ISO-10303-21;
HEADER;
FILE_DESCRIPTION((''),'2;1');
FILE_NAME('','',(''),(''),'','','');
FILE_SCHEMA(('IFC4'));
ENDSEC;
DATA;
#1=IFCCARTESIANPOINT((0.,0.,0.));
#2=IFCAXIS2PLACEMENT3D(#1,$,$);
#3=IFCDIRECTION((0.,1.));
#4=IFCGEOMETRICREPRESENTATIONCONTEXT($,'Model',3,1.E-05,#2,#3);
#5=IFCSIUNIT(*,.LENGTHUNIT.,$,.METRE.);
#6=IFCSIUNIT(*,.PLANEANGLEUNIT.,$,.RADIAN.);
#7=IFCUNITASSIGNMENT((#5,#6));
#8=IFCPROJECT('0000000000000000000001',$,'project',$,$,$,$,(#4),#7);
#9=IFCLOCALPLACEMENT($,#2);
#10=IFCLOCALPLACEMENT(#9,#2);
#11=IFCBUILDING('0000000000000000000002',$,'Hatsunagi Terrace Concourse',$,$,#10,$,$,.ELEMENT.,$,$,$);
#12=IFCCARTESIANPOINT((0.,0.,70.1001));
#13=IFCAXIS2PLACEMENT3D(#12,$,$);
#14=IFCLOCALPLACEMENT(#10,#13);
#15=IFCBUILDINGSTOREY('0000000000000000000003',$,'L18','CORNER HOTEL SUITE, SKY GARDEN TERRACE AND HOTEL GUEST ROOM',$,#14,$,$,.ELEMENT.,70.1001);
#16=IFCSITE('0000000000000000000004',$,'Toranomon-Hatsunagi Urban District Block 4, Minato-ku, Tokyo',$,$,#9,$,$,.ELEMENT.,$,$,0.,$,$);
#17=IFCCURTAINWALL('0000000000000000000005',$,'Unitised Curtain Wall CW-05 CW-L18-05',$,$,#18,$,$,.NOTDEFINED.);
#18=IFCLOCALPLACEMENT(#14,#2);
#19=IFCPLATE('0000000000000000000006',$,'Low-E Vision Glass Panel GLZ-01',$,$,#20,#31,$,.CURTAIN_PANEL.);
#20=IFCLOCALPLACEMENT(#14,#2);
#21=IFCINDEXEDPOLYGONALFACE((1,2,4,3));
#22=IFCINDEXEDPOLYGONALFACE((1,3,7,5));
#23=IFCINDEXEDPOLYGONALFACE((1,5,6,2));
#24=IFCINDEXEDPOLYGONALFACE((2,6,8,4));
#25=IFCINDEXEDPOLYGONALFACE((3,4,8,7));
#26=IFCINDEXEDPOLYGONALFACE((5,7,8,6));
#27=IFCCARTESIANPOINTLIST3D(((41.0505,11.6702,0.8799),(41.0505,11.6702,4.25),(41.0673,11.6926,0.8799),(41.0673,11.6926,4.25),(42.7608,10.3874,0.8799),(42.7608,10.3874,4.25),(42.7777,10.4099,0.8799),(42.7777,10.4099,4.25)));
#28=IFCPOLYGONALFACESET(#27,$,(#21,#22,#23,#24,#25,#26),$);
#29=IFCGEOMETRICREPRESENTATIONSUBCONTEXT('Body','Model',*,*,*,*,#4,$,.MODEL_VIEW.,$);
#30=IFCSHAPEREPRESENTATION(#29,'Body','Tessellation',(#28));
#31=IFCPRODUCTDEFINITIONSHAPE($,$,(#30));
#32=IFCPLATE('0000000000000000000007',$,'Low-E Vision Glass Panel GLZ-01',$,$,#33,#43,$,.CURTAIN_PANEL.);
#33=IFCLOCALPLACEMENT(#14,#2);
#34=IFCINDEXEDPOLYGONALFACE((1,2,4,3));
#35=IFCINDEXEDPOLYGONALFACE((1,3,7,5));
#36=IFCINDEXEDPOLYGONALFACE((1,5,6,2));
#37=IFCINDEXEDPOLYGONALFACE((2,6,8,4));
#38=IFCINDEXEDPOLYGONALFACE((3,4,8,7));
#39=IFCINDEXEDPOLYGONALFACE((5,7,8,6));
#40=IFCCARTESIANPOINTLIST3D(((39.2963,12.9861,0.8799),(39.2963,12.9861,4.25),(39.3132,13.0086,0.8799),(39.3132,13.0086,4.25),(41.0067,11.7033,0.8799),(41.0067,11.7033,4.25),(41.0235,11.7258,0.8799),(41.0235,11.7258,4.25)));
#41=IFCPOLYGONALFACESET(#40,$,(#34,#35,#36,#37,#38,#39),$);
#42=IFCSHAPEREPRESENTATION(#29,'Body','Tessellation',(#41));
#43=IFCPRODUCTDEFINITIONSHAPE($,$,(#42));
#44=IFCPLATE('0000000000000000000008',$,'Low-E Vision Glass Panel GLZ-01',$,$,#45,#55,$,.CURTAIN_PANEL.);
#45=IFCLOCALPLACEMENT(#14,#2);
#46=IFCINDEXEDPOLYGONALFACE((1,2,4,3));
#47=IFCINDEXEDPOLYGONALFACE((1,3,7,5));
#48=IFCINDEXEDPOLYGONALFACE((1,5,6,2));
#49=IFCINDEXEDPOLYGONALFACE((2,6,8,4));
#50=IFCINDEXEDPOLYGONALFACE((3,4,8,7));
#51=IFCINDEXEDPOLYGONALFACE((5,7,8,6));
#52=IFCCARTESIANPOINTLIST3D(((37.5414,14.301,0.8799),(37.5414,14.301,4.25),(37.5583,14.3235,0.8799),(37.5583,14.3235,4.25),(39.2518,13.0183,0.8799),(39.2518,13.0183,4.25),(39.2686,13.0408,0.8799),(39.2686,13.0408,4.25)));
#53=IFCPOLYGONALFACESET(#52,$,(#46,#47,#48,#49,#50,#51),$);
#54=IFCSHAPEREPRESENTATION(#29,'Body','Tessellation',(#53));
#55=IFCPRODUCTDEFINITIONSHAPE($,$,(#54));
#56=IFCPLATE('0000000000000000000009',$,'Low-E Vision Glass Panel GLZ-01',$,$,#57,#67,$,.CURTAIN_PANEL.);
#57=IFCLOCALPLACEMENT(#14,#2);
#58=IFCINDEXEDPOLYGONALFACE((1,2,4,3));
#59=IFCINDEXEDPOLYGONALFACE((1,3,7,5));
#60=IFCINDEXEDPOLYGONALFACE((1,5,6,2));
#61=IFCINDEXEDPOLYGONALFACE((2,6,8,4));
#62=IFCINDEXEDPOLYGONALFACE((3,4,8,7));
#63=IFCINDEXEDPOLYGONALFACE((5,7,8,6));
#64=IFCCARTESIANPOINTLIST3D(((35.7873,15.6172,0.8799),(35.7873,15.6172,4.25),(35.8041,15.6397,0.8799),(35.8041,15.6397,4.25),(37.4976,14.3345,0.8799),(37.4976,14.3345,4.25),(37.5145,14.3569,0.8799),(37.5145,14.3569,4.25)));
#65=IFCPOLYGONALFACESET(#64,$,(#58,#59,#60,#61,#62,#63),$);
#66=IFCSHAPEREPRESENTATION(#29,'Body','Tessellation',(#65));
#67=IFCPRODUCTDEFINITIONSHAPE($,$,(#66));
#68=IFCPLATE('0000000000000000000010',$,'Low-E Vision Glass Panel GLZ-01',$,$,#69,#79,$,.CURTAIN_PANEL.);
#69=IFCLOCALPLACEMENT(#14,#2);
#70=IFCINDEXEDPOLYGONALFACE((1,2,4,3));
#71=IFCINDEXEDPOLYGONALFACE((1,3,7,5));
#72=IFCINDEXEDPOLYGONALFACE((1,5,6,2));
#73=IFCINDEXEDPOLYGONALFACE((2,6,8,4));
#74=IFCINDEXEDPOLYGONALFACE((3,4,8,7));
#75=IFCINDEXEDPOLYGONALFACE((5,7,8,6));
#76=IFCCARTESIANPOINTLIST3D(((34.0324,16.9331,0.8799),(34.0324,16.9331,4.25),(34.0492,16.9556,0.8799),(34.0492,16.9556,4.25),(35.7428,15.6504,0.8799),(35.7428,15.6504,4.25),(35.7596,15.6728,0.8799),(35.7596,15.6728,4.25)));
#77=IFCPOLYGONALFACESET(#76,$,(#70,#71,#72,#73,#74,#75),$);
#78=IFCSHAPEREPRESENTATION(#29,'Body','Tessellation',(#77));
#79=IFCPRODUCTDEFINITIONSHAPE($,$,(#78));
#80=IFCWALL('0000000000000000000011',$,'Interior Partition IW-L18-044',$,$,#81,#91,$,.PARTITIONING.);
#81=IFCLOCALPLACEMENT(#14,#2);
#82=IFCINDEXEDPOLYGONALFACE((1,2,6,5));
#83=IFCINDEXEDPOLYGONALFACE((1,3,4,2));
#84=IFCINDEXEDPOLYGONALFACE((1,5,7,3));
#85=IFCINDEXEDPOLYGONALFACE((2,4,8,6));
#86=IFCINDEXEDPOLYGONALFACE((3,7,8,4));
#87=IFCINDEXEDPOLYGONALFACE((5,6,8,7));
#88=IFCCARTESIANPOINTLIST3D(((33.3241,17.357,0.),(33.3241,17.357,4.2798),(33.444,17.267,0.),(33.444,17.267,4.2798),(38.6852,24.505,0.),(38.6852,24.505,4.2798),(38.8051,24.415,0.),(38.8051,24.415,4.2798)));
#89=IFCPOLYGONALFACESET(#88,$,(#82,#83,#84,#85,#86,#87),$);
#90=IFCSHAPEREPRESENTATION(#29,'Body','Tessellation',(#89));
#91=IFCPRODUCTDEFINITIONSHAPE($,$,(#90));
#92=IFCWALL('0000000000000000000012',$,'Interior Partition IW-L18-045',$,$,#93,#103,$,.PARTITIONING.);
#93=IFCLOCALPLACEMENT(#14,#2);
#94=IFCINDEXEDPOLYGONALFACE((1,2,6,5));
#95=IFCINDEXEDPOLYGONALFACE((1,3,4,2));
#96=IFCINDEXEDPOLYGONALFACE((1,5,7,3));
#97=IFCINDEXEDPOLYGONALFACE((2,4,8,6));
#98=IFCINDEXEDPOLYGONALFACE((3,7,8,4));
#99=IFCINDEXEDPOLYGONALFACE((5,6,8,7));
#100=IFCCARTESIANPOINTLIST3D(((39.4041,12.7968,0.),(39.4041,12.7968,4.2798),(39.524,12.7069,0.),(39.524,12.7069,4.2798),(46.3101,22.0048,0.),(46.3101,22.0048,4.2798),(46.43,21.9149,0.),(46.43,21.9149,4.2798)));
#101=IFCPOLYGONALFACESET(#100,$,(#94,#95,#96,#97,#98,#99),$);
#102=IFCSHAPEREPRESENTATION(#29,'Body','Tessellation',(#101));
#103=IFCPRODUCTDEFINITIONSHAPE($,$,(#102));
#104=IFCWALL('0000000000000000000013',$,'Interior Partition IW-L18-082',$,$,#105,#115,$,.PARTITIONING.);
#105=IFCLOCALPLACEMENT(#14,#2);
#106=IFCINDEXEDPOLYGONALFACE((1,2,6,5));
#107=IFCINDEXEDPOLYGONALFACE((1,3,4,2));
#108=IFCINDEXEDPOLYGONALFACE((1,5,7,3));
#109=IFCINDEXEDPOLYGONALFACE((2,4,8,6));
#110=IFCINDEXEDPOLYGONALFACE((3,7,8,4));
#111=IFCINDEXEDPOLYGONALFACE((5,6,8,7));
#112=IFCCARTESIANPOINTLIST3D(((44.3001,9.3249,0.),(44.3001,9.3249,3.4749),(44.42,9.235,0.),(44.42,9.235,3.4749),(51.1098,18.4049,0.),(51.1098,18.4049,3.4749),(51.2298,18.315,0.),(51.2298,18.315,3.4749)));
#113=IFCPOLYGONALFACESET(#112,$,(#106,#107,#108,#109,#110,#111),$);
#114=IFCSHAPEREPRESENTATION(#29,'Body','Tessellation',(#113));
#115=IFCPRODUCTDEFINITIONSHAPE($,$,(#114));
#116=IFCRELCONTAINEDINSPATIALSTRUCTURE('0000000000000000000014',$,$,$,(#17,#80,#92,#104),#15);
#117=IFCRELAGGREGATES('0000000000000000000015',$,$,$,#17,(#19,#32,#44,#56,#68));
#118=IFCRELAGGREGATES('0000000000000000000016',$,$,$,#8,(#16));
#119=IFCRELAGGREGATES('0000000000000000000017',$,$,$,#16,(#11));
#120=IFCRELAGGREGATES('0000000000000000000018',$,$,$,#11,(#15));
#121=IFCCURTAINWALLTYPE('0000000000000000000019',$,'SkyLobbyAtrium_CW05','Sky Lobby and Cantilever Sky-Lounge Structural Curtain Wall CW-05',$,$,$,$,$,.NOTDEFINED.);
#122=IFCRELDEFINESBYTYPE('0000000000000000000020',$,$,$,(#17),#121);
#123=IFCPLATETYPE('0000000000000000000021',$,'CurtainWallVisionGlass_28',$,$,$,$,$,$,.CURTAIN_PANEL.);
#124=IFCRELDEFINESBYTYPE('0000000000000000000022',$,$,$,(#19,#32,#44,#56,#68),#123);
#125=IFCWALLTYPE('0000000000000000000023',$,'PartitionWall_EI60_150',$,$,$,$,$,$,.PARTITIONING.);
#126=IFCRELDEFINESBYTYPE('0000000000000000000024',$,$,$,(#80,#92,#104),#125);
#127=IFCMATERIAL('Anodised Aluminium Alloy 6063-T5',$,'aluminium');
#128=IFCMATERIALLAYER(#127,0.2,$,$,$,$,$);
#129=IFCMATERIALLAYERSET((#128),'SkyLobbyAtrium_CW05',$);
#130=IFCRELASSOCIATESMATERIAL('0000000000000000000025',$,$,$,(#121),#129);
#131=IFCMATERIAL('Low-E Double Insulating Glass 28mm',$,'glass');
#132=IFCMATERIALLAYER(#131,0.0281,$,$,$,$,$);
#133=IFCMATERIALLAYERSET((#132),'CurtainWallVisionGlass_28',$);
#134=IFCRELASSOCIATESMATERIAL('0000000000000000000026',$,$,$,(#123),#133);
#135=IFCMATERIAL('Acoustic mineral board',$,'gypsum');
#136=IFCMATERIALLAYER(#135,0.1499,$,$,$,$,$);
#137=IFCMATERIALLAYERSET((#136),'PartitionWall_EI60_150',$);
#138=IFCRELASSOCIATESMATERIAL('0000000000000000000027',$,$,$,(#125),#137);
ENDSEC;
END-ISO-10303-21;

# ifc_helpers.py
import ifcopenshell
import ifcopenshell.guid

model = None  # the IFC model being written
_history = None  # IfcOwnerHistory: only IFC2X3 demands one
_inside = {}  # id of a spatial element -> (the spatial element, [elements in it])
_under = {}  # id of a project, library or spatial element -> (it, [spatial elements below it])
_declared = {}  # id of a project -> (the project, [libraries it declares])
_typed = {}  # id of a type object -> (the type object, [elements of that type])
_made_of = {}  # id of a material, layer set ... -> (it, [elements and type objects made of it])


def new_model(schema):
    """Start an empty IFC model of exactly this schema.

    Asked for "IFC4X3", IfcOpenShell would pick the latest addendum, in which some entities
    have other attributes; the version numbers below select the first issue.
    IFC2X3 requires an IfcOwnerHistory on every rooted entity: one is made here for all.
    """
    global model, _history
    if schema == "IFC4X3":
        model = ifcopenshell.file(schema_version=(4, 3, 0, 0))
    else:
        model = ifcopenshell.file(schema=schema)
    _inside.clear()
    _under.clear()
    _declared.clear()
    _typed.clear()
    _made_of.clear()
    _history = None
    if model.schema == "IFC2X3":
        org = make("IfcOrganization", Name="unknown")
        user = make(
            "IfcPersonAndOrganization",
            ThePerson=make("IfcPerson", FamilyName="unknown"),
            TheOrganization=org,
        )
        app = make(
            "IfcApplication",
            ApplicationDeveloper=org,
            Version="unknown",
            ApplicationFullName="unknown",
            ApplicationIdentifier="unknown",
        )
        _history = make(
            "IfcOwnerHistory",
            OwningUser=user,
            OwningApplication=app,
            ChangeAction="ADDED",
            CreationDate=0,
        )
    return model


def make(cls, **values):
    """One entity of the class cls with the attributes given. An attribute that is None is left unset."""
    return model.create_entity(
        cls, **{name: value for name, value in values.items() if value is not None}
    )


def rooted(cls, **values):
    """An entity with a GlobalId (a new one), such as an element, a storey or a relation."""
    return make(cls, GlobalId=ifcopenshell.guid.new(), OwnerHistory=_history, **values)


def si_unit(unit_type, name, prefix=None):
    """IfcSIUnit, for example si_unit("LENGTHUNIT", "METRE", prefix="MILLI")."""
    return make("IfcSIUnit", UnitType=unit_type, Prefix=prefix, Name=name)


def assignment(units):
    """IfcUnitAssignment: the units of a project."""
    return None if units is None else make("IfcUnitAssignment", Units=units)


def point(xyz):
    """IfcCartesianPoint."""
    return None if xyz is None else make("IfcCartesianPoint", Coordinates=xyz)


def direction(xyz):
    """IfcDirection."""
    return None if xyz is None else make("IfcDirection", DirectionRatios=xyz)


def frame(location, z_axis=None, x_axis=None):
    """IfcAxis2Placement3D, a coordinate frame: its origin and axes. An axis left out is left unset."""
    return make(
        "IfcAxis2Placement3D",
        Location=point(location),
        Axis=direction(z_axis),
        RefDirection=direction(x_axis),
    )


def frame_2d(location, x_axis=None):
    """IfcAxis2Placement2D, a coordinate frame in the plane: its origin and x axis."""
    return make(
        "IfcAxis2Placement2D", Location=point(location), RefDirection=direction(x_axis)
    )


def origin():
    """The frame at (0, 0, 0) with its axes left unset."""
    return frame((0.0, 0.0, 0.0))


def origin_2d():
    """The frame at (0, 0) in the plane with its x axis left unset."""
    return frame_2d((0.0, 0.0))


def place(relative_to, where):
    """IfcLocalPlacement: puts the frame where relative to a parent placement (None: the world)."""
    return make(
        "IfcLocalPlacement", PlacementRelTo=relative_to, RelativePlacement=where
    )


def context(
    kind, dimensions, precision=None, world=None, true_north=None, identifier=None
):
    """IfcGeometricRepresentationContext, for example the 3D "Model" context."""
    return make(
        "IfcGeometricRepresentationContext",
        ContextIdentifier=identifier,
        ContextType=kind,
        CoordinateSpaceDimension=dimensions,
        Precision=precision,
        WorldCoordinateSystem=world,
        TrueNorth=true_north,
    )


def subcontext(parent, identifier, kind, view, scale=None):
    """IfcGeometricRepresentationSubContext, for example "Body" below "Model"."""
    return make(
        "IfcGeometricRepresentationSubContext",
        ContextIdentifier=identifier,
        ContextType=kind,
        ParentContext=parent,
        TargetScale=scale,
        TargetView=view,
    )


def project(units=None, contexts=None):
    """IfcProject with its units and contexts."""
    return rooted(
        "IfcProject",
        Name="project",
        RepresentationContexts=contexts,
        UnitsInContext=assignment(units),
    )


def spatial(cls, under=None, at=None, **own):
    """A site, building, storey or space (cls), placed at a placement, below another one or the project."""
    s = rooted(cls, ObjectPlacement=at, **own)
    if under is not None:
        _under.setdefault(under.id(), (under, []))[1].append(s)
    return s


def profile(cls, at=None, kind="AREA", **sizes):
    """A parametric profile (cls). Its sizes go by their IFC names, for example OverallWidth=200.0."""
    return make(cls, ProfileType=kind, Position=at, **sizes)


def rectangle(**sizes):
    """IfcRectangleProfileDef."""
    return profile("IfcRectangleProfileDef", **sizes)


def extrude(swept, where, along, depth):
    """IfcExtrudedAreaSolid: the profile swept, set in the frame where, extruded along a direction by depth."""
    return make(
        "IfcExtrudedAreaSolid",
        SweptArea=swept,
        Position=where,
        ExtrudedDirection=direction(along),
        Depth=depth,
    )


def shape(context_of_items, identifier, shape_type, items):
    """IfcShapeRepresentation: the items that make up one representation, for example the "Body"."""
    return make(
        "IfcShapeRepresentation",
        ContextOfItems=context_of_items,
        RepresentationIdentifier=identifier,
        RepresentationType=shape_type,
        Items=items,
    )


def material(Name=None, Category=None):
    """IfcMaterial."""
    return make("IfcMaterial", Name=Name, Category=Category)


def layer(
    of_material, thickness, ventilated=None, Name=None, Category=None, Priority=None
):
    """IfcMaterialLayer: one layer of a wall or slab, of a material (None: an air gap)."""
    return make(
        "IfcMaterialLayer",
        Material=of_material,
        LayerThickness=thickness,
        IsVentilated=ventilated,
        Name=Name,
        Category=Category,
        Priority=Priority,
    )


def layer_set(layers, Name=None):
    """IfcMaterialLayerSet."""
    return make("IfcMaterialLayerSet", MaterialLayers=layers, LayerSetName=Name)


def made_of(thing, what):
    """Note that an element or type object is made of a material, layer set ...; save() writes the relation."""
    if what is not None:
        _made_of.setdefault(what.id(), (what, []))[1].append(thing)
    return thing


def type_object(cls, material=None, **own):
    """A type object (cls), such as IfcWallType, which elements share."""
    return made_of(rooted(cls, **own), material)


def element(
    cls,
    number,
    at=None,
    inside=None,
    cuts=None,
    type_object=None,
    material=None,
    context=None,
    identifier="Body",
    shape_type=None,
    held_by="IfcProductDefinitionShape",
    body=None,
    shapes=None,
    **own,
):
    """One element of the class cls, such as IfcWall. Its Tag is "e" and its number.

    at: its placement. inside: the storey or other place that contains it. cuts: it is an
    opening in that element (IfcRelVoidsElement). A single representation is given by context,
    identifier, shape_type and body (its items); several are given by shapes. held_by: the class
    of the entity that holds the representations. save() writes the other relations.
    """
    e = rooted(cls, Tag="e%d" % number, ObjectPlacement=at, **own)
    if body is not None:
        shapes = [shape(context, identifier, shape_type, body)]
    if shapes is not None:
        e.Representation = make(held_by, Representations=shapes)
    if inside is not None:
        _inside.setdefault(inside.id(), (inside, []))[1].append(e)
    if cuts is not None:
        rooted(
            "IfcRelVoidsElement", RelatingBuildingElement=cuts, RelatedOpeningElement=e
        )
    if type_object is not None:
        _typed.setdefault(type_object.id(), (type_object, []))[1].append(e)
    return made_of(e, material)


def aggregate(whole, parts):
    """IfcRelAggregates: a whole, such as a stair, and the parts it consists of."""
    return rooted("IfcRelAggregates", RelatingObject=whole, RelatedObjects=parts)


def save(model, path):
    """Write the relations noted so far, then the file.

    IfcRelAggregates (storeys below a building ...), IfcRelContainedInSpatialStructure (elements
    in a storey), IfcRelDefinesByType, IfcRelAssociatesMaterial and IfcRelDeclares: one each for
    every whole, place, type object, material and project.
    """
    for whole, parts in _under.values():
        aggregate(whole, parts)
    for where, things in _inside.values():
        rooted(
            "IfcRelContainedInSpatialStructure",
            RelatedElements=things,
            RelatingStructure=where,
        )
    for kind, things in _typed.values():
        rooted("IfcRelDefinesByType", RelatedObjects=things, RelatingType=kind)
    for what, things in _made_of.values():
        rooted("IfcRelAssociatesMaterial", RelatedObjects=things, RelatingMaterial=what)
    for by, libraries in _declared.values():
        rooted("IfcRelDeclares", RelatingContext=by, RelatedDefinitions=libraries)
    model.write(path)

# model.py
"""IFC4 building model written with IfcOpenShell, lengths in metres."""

from ifc_helpers import new_model, si_unit, direction, frame, frame_2d, origin, origin_2d, place, context, subcontext, project, spatial, rectangle, extrude, material, layer, layer_set, type_object, element, aggregate, save


model = new_model("IFC4")

# Units and contexts
model_context = context("Model", 3, precision=1e-05, world=origin(), true_north=direction((0.0, 1.0)))
body_context = subcontext(model_context, "Body", "Model", "MODEL_VIEW")
ifc_project = project(units=[si_unit("LENGTHUNIT", "METRE"), si_unit("PLANEANGLEUNIT", "RADIAN")], contexts=[model_context])

# Site, building, storey
site_placement = place(None, origin())
site = spatial("IfcSite", under=ifc_project, at=site_placement, Name="Toranomon-Hatsunagi Urban District Block 4, Minato-ku, Tokyo", CompositionType="ELEMENT", RefElevation=0.0)
building_placement = place(site_placement, origin())
building = spatial("IfcBuilding", under=site, at=building_placement, Name="Hatsunagi Terrace Concourse", CompositionType="ELEMENT")
storey_placement = place(building_placement, frame((0.0, 0.0, 70.1001)))
storey = spatial("IfcBuildingStorey", under=building, at=storey_placement, Name="L18", Description="CORNER HOTEL SUITE, SKY GARDEN TERRACE AND HOTEL GUEST ROOM", CompositionType="ELEMENT", Elevation=70.1001)

# Curtain wall
ifc_material_1 = material(Name="Anodised Aluminium Alloy 6063-T5", Category="aluminium")
ifc_layer_1 = layer(ifc_material_1, 0.2)
ifc_layer_set_1 = layer_set([ifc_layer_1], Name="SkyLobbyAtrium_CW05")
curtain_wall_type = type_object("IfcCurtainWallType", Name="SkyLobbyAtrium_CW05", Description="Sky Lobby and Cantilever Sky-Lounge Structural Curtain Wall CW-05", PredefinedType="NOTDEFINED", material=ifc_layer_set_1)
curtain_wall_placement = place(storey_placement, origin())
curtain_wall = element("IfcCurtainWall", 1, at=curtain_wall_placement, inside=storey, type_object=curtain_wall_type, Name="Unitised Curtain Wall CW-05 CW-L18-05", PredefinedType="NOTDEFINED")

# Plates
ifc_material_2 = material(Name="Low-E Double Insulating Glass 28mm", Category="glass")
ifc_layer_2 = layer(ifc_material_2, 0.0281)
ifc_layer_set_2 = layer_set([ifc_layer_2], Name="CurtainWallVisionGlass_28")
plate_type_1 = type_object("IfcPlateType", Name="CurtainWallVisionGlass_28", PredefinedType="CURTAIN_PANEL", material=ifc_layer_set_2)
plate_1_placement = place(storey_placement, frame((41.9141, 11.04, 0.8799), z_axis=(0.0, 0.0, 1.0), x_axis=(-0.800003, 0.599996, 0.0)))
plate_1 = element("IfcPlate", 2, at=plate_1_placement, type_object=plate_type_1, Name="Low-E Vision Glass Panel GLZ-01", PredefinedType="CURTAIN_PANEL", context=body_context, shape_type="SweptSolid", body=[
    extrude(rectangle(XDim=2.1379, YDim=0.0281, at=origin_2d()), origin(), (0.0, 0.0, 1.0), 3.3701),
])
plate_2_placement = place(storey_placement, frame((40.1599, 12.356, 0.8799), z_axis=(0.0, 0.0, 1.0), x_axis=(-0.800003, 0.599996, 0.0)))
plate_2 = element("IfcPlate", 3, at=plate_2_placement, type_object=plate_type_1, Name="Low-E Vision Glass Panel GLZ-01", PredefinedType="CURTAIN_PANEL", context=body_context, shape_type="SweptSolid", body=[
    extrude(rectangle(XDim=2.1379, YDim=0.0281, at=origin_2d()), origin(), (0.0, 0.0, 1.0), 3.3701),
])
plate_3_placement = place(storey_placement, frame((38.405, 13.6709, 0.8799), z_axis=(0.0, 0.0, 1.0), x_axis=(-0.800003, 0.599996, 0.0)))
plate_3 = element("IfcPlate", 4, at=plate_3_placement, type_object=plate_type_1, Name="Low-E Vision Glass Panel GLZ-01", PredefinedType="CURTAIN_PANEL", context=body_context, shape_type="SweptSolid", body=[
    extrude(rectangle(XDim=2.1379, YDim=0.0281, at=origin_2d()), origin(), (0.0, 0.0, 1.0), 3.3701),
])
plate_4_placement = place(storey_placement, frame((36.6509, 14.9871, 0.8799), z_axis=(0.0, 0.0, 1.0), x_axis=(-0.800003, 0.599996, 0.0)))
plate_4 = element("IfcPlate", 5, at=plate_4_placement, type_object=plate_type_1, Name="Low-E Vision Glass Panel GLZ-01", PredefinedType="CURTAIN_PANEL", context=body_context, shape_type="SweptSolid", body=[
    extrude(rectangle(XDim=2.1379, YDim=0.0281, at=origin_2d()), origin(), (0.0, 0.0, 1.0), 3.3701),
])
plate_5_placement = place(storey_placement, frame((34.896, 16.303, 0.8799), z_axis=(0.0, 0.0, 1.0), x_axis=(-0.800003, 0.599996, 0.0)))
plate_5 = element("IfcPlate", 6, at=plate_5_placement, type_object=plate_type_1, Name="Low-E Vision Glass Panel GLZ-01", PredefinedType="CURTAIN_PANEL", context=body_context, shape_type="SweptSolid", body=[
    extrude(rectangle(XDim=2.1379, YDim=0.0281, at=origin_2d()), origin(), (0.0, 0.0, 1.0), 3.3701),
])
aggregate(curtain_wall, [plate_1, plate_2, plate_3, plate_4, plate_5])

# Walls
ifc_material_3 = material(Name="Acoustic mineral board", Category="gypsum")
ifc_layer_3 = layer(ifc_material_3, 0.1499)
ifc_layer_set_3 = layer_set([ifc_layer_3], Name="PartitionWall_EI60_150")
wall_type = type_object("IfcWallType", Name="PartitionWall_EI60_150", PredefinedType="PARTITIONING", material=ifc_layer_set_3)
wall_1_placement = place(storey_placement, frame((33.384, 17.312, 0.0), z_axis=(0.0, 0.0, 1.0), x_axis=(0.600009, 0.799993, 0.0)))
element("IfcWall", 7, at=wall_1_placement, inside=storey, type_object=wall_type, Name="Interior Partition IW-L18-044", PredefinedType="PARTITIONING", context=body_context, shape_type="SweptSolid", body=[
    extrude(rectangle(XDim=8.9351, YDim=0.1499, at=frame_2d((4.4675, 0.0))), origin(), (0.0, 0.0, 1.0), 4.2798),
])
wall_2_placement = place(storey_placement, frame((39.4641, 12.752, 0.0), z_axis=(0.0, 0.0, 1.0), x_axis=(0.6, 0.8, 0.0)))
element("IfcWall", 8, at=wall_2_placement, inside=storey, type_object=wall_type, Name="Interior Partition IW-L18-045", PredefinedType="PARTITIONING", context=body_context, shape_type="SweptSolid", body=[
    extrude(rectangle(XDim=11.51, YDim=0.1499, at=frame_2d((5.7549, 0.0))), origin(), (0.0, 0.0, 1.0), 4.2798),
])
wall_3_placement = place(storey_placement, frame((44.3601, 9.28, 0.0), z_axis=(0.0, 0.0, 1.0), x_axis=(0.599986, 0.80001, 0.0)))
element("IfcWall", 9, at=wall_3_placement, inside=storey, type_object=wall_type, Name="Interior Partition IW-L18-082", PredefinedType="PARTITIONING", context=body_context, shape_type="SweptSolid", body=[
    extrude(rectangle(XDim=11.3499, YDim=0.1499, at=frame_2d((5.6748, 0.0))), origin(), (0.0, 0.0, 1.0), 3.4749),
])

save(model, "model.ifc")
